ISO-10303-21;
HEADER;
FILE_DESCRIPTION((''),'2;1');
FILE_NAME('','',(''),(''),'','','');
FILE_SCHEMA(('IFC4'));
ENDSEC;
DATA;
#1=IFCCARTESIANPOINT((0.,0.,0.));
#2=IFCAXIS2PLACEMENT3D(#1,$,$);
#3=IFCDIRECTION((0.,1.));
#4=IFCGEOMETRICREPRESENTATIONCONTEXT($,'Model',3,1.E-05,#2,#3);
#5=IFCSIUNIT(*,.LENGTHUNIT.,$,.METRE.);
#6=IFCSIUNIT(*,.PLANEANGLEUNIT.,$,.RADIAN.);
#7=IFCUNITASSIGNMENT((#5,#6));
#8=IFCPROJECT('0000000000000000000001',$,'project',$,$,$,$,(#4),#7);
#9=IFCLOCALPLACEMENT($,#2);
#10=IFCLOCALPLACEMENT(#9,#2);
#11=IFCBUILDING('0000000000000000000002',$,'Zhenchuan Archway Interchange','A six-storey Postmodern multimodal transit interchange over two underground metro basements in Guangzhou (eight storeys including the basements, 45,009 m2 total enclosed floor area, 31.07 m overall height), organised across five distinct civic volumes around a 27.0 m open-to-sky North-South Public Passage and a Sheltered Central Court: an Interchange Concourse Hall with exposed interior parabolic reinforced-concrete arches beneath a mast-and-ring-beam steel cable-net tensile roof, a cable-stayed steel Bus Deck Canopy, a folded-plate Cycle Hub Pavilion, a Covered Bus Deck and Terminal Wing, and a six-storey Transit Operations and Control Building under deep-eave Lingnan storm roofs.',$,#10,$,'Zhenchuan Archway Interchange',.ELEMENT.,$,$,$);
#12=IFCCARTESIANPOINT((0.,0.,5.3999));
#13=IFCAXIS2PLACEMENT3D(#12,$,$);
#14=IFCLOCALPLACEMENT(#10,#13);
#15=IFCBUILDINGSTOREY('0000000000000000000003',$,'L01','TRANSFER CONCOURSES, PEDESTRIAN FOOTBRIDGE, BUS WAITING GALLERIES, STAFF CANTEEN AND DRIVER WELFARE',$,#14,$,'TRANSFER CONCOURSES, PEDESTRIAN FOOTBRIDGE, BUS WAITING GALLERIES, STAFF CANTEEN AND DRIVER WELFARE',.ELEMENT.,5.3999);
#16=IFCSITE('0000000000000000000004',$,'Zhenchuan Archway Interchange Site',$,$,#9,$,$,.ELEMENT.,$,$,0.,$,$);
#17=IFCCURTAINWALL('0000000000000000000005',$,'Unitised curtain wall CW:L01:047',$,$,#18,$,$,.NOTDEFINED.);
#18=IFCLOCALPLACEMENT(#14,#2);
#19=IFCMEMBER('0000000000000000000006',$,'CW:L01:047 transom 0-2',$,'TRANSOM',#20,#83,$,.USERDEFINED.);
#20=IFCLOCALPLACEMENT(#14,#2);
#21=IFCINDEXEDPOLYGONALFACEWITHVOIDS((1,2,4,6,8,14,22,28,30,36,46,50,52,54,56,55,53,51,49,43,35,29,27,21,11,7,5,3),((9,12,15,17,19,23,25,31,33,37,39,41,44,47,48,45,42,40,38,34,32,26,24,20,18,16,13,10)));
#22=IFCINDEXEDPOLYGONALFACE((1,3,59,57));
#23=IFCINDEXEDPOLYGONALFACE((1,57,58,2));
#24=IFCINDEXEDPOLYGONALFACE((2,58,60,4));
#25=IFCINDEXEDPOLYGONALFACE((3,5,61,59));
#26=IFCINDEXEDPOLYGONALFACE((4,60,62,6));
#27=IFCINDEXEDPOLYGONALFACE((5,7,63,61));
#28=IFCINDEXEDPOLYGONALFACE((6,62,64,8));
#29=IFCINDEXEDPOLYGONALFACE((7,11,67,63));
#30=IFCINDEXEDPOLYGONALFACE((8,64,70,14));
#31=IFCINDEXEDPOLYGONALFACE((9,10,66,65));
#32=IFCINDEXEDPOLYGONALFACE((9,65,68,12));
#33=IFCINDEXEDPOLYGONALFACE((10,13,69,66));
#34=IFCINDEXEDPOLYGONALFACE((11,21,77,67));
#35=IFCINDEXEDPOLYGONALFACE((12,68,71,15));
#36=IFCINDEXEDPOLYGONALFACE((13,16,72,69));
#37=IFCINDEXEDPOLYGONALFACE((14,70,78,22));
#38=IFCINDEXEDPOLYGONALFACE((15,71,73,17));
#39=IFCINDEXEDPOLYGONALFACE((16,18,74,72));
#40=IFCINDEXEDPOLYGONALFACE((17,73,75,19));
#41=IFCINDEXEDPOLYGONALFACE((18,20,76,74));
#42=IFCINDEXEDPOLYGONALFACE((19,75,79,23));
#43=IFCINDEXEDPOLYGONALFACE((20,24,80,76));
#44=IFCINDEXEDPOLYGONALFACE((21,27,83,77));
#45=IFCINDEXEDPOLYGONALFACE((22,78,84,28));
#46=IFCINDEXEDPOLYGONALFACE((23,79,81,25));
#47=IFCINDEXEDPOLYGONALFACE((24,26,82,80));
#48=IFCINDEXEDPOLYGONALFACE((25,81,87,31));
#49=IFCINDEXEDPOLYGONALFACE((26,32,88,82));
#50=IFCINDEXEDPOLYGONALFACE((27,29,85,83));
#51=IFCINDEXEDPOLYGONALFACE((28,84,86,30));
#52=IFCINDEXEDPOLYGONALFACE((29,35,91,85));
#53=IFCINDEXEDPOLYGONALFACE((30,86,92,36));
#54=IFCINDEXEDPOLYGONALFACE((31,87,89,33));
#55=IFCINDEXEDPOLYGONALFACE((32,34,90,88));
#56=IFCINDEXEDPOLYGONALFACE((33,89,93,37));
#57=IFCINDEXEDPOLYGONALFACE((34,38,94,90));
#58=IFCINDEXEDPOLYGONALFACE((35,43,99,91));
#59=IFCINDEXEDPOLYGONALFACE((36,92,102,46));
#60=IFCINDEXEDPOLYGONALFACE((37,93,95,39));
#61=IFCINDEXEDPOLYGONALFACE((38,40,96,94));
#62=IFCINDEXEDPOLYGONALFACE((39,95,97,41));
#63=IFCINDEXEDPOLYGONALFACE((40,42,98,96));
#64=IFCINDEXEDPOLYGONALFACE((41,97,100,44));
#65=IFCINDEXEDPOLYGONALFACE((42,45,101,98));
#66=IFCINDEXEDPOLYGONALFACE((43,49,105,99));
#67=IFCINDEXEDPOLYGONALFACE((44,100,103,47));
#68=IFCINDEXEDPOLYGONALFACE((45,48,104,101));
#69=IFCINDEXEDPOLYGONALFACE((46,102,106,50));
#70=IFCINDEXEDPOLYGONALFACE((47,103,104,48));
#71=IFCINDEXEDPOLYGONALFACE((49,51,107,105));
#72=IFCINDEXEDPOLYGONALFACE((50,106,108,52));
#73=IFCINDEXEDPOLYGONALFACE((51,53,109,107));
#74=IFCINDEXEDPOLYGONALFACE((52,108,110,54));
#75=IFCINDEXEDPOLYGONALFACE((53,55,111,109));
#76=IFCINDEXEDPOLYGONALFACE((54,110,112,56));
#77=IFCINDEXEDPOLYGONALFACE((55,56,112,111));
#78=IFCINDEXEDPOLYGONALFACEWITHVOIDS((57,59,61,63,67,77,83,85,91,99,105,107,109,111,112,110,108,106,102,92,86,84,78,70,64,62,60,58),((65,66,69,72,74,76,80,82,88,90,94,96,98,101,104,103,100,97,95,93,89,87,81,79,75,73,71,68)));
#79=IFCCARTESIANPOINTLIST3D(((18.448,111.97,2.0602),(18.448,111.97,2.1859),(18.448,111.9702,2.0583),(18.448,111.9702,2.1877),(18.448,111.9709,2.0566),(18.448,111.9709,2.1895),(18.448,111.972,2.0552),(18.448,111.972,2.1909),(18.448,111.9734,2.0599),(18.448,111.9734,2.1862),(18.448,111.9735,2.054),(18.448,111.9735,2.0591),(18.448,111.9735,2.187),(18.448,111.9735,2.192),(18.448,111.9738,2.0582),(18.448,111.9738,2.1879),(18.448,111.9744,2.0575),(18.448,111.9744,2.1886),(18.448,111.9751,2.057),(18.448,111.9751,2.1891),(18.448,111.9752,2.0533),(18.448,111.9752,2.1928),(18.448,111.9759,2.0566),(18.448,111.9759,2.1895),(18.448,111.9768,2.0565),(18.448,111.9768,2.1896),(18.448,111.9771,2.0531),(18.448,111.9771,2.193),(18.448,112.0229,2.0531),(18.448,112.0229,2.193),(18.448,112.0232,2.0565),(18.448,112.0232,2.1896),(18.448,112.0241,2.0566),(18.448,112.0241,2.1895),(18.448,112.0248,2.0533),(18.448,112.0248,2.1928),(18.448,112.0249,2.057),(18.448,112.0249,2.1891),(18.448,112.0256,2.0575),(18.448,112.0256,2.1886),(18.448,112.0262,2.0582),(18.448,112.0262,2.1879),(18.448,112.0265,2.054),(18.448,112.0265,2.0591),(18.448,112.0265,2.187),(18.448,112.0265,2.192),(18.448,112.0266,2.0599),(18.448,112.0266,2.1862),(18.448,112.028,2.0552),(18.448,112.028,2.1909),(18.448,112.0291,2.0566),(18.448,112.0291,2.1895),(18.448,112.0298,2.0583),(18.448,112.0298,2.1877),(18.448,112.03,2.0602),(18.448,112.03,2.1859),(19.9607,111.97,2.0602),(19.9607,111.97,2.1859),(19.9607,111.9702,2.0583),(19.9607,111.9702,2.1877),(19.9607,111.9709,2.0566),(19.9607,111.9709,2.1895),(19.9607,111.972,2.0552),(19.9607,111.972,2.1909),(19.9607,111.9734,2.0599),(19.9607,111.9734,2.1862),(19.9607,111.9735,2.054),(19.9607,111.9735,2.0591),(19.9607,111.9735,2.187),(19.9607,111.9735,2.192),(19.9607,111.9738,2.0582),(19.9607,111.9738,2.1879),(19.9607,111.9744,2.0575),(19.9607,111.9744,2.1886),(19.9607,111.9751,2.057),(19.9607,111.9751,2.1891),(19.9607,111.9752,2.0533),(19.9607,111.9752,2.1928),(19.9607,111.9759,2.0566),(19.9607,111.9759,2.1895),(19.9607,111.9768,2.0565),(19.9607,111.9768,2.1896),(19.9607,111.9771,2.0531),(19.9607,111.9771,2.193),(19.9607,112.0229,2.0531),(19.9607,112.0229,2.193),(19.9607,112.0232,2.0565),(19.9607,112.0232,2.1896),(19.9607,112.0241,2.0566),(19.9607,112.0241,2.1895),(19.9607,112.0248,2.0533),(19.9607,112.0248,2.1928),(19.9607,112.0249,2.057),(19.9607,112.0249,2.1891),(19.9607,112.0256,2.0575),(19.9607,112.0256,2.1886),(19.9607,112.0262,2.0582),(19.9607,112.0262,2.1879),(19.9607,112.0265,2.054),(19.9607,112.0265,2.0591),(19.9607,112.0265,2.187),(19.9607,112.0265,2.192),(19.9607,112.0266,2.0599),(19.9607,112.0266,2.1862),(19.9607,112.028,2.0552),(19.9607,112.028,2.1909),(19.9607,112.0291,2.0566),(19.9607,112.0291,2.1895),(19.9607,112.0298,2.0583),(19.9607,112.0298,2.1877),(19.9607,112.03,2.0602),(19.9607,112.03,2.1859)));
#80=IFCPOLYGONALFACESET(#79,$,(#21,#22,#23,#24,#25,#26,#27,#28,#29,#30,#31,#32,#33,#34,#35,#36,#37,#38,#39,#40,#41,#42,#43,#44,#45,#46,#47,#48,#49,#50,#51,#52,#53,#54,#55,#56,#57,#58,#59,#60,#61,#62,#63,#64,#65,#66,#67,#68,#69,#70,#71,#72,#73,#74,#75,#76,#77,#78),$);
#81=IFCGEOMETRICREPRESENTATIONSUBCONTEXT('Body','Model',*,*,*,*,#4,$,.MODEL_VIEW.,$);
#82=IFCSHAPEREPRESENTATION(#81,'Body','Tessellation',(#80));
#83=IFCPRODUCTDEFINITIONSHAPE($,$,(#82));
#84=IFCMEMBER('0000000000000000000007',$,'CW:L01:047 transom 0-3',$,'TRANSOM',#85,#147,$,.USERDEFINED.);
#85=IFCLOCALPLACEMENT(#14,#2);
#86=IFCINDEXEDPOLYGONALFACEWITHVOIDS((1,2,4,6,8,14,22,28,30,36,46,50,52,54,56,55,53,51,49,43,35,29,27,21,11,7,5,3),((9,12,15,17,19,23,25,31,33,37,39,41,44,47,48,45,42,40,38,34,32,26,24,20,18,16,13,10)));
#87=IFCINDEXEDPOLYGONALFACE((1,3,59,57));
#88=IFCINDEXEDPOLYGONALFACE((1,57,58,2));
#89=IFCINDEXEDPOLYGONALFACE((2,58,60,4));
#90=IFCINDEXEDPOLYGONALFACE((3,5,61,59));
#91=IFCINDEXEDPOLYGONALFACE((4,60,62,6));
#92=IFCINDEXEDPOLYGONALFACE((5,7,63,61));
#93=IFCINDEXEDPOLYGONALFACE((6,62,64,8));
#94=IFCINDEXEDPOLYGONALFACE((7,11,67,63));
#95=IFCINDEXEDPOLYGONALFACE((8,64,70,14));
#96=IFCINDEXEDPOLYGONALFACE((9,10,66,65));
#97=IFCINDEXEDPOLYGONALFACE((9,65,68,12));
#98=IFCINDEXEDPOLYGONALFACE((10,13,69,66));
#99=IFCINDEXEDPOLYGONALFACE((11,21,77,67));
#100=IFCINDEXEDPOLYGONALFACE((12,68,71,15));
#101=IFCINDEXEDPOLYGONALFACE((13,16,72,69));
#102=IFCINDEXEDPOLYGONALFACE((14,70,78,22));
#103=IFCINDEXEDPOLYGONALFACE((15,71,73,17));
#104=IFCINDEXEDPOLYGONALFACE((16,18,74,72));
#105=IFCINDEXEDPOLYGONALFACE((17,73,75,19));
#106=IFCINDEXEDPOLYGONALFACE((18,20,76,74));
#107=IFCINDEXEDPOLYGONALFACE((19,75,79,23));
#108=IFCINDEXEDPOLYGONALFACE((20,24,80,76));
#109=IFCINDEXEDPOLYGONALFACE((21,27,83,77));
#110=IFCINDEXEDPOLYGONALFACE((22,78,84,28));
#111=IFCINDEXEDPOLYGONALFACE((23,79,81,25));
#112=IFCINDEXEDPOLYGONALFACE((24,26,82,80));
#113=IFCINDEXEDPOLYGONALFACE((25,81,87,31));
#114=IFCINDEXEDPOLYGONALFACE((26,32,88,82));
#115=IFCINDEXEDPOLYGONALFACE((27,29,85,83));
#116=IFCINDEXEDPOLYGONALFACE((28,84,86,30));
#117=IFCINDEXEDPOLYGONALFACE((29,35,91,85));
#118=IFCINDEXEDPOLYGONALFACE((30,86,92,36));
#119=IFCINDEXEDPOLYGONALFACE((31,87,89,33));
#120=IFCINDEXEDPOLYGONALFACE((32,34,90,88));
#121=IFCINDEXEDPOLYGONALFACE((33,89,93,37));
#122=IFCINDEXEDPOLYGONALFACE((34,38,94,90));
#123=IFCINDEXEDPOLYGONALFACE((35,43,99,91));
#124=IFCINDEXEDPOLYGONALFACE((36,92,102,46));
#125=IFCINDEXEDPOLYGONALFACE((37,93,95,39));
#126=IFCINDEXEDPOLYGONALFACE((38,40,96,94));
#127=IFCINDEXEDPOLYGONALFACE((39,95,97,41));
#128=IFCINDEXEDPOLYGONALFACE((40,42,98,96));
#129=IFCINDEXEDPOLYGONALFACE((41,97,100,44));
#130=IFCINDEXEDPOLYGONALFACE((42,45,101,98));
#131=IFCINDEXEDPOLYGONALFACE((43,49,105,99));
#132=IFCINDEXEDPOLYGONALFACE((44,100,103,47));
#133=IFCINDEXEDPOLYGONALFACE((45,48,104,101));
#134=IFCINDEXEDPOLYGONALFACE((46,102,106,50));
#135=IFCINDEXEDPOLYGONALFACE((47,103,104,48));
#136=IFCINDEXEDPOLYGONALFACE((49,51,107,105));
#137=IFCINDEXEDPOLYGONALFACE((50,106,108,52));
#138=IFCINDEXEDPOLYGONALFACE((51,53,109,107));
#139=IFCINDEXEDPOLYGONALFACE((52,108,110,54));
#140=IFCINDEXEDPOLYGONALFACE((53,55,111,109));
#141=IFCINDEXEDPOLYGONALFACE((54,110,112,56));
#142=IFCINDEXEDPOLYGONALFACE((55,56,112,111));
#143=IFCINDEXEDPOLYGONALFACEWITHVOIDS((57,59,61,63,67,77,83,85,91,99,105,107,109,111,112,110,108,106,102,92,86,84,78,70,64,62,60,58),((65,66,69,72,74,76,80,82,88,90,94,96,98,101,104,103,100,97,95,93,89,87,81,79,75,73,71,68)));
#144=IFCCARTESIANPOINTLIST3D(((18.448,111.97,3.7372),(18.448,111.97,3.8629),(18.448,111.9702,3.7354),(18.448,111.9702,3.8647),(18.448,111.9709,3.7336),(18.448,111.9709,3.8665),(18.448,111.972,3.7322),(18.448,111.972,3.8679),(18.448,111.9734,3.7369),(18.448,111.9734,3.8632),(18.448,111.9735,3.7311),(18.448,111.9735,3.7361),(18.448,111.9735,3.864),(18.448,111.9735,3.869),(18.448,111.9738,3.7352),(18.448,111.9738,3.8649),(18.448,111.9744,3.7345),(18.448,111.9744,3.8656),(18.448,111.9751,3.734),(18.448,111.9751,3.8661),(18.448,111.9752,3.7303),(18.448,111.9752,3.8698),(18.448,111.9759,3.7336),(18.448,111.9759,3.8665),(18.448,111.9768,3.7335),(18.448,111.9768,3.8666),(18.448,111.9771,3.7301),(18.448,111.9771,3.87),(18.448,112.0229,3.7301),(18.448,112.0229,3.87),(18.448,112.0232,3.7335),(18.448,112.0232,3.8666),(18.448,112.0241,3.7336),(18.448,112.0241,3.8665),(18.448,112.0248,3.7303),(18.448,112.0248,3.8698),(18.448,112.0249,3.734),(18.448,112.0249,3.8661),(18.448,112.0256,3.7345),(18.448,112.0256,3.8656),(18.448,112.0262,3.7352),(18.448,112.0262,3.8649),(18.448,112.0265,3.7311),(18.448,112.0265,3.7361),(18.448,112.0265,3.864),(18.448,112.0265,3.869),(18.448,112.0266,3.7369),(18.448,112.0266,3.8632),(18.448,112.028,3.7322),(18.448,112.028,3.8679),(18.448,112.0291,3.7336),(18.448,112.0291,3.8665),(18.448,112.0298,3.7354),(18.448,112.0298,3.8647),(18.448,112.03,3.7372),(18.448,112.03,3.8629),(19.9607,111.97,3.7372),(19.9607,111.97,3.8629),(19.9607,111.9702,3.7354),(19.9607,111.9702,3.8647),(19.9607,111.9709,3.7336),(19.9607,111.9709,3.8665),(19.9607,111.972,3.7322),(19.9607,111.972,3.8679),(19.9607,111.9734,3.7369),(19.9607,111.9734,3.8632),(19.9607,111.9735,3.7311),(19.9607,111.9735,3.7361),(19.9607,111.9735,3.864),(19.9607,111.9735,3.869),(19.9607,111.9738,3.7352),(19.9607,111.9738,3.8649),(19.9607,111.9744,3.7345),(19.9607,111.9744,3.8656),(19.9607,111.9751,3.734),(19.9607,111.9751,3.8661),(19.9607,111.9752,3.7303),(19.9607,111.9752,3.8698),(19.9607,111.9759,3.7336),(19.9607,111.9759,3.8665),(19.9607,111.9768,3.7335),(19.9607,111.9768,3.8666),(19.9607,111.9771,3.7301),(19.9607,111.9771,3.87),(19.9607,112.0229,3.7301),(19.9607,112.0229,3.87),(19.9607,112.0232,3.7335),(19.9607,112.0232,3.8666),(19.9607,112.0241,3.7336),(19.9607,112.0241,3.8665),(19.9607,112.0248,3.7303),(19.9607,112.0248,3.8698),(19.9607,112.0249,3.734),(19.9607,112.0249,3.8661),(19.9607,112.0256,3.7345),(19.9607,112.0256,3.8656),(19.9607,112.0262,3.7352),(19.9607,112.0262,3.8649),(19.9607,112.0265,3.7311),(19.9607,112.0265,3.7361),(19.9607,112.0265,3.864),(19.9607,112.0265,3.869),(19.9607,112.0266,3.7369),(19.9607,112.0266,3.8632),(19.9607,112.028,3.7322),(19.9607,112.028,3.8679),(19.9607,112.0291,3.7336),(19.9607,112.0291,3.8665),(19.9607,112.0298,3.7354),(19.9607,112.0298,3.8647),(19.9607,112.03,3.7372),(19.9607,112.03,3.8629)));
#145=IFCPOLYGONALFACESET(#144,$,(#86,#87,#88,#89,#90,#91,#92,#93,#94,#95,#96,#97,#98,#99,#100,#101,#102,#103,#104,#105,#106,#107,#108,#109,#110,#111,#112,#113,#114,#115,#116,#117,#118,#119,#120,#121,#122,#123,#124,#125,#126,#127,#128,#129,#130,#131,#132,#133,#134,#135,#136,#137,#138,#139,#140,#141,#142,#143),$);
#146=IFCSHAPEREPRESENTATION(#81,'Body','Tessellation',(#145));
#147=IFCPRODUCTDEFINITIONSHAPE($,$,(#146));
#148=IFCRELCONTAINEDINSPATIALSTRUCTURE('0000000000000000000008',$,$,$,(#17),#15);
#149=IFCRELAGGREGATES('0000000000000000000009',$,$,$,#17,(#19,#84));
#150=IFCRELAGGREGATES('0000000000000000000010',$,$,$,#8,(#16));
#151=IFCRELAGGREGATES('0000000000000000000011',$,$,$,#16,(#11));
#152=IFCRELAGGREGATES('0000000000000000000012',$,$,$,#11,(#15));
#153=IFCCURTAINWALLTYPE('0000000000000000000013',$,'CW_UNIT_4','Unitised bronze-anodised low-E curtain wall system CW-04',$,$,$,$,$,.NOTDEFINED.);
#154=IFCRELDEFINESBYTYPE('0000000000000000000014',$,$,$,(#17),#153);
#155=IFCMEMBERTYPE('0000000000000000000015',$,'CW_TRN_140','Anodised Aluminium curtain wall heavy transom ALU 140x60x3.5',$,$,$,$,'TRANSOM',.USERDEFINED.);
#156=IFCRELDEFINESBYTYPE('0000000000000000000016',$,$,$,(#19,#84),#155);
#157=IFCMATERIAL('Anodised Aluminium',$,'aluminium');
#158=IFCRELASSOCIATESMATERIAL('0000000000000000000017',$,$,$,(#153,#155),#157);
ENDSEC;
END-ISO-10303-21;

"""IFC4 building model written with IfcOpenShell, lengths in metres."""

from ifc_helpers import new_model, si_unit, direction, frame, origin, origin_2d, place, context, subcontext, project, spatial, hollow_rectangle, extrude, material, material_profile, profile_set, type_object, element, aggregate, save


model = new_model("IFC4")

# Units and contexts
model_context = context("Model", 3, precision=1e-05, world=origin(), true_north=direction((0.0, 1.0)))
body_context = subcontext(model_context, "Body", "Model", "MODEL_VIEW")
ifc_project = project(units=[si_unit("LENGTHUNIT", "METRE"), si_unit("PLANEANGLEUNIT", "RADIAN")], contexts=[model_context])

# Site, building, storey
site_placement = place(None, origin())
site = spatial("IfcSite", under=ifc_project, at=site_placement, Name="Zhenchuan Archway Interchange Site", CompositionType="ELEMENT", RefElevation=0.0)
building_placement = place(site_placement, origin())
building = spatial("IfcBuilding", under=site, at=building_placement, Name="Zhenchuan Archway Interchange", Description="A six-storey Postmodern multimodal transit interchange over two underground metro basements in Guangzhou (eight storeys including the basements, 45,009 m2 total enclosed floor area, 31.07 m overall height), organised across five distinct civic volumes around a 27.0 m open-to-sky North-South Public Passage and a Sheltered Central Court: an Interchange Concourse Hall with exposed interior parabolic reinforced-concrete arches beneath a mast-and-ring-beam steel cable-net tensile roof, a cable-stayed steel Bus Deck Canopy, a folded-plate Cycle Hub Pavilion, a Covered Bus Deck and Terminal Wing, and a six-storey Transit Operations and Control Building under deep-eave Lingnan storm roofs.", LongName="Zhenchuan Archway Interchange", CompositionType="ELEMENT")
storey_placement = place(building_placement, frame((0.0, 0.0, 5.3999)))
storey = spatial("IfcBuildingStorey", under=building, at=storey_placement, Name="L01", Description="TRANSFER CONCOURSES, PEDESTRIAN FOOTBRIDGE, BUS WAITING GALLERIES, STAFF CANTEEN AND DRIVER WELFARE", LongName="TRANSFER CONCOURSES, PEDESTRIAN FOOTBRIDGE, BUS WAITING GALLERIES, STAFF CANTEEN AND DRIVER WELFARE", CompositionType="ELEMENT", Elevation=5.3999)

# Shared definitions
ifc_material_1 = material(Name="Anodised Aluminium", Category="aluminium")

# Curtain wall, members
curtain_wall_type_1 = type_object("IfcCurtainWallType", Name="CW_UNIT_4", Description="Unitised bronze-anodised low-E curtain wall system CW-04", PredefinedType="NOTDEFINED", material=ifc_material_1)
curtain_wall_1_placement = place(storey_placement, origin())
curtain_wall_1 = element("IfcCurtainWall", 1, at=curtain_wall_1_placement, inside=storey, type_object=curtain_wall_type_1, Name="Unitised curtain wall CW:L01:047", PredefinedType="NOTDEFINED")
ifc_material_profile_1 = material_profile(ifc_material_1, hollow_rectangle(XDim=0.0601, YDim=0.1399, WallThickness=0.0034, InnerFilletRadius=0.0034, OuterFilletRadius=0.0071, at=origin_2d()), Name="ALU 140x60x3.5")
ifc_profile_set_1 = profile_set([ifc_material_profile_1], Name="Anodised Aluminium")
member_type_1 = type_object("IfcMemberType", Name="CW_TRN_140", Description="Anodised Aluminium curtain wall heavy transom ALU 140x60x3.5", ElementType="TRANSOM", PredefinedType="USERDEFINED", material=ifc_profile_set_1)
member_1_placement = place(storey_placement, frame((18.448, 112.0, 2.123), z_axis=(1.0, 0.0, 0.0), x_axis=(0.0, 1.0, 0.0)))
member_1 = element("IfcMember", 2, at=member_1_placement, type_object=member_type_1, Name="CW:L01:047 transom 0-2", ObjectType="TRANSOM", PredefinedType="USERDEFINED", context=body_context, shape_type="SweptSolid", body=[
    extrude(hollow_rectangle(XDim=0.0601, YDim=0.1399, WallThickness=0.0034, InnerFilletRadius=0.0034, OuterFilletRadius=0.0071, at=origin_2d()), origin(), (0.0, 0.0, 1.0), 1.5127),
])
member_2_placement = place(storey_placement, frame((18.448, 112.0, 3.8), z_axis=(1.0, 0.0, 0.0), x_axis=(0.0, 1.0, 0.0)))
member_2 = element("IfcMember", 3, at=member_2_placement, type_object=member_type_1, Name="CW:L01:047 transom 0-3", ObjectType="TRANSOM", PredefinedType="USERDEFINED", context=body_context, shape_type="SweptSolid", body=[
    extrude(hollow_rectangle(XDim=0.0601, YDim=0.1399, WallThickness=0.0034, InnerFilletRadius=0.0034, OuterFilletRadius=0.0071, at=origin_2d()), origin(), (0.0, 0.0, 1.0), 1.5127),
])

aggregate(curtain_wall_1, [member_1, member_2])

save(model, "model.ifc")
